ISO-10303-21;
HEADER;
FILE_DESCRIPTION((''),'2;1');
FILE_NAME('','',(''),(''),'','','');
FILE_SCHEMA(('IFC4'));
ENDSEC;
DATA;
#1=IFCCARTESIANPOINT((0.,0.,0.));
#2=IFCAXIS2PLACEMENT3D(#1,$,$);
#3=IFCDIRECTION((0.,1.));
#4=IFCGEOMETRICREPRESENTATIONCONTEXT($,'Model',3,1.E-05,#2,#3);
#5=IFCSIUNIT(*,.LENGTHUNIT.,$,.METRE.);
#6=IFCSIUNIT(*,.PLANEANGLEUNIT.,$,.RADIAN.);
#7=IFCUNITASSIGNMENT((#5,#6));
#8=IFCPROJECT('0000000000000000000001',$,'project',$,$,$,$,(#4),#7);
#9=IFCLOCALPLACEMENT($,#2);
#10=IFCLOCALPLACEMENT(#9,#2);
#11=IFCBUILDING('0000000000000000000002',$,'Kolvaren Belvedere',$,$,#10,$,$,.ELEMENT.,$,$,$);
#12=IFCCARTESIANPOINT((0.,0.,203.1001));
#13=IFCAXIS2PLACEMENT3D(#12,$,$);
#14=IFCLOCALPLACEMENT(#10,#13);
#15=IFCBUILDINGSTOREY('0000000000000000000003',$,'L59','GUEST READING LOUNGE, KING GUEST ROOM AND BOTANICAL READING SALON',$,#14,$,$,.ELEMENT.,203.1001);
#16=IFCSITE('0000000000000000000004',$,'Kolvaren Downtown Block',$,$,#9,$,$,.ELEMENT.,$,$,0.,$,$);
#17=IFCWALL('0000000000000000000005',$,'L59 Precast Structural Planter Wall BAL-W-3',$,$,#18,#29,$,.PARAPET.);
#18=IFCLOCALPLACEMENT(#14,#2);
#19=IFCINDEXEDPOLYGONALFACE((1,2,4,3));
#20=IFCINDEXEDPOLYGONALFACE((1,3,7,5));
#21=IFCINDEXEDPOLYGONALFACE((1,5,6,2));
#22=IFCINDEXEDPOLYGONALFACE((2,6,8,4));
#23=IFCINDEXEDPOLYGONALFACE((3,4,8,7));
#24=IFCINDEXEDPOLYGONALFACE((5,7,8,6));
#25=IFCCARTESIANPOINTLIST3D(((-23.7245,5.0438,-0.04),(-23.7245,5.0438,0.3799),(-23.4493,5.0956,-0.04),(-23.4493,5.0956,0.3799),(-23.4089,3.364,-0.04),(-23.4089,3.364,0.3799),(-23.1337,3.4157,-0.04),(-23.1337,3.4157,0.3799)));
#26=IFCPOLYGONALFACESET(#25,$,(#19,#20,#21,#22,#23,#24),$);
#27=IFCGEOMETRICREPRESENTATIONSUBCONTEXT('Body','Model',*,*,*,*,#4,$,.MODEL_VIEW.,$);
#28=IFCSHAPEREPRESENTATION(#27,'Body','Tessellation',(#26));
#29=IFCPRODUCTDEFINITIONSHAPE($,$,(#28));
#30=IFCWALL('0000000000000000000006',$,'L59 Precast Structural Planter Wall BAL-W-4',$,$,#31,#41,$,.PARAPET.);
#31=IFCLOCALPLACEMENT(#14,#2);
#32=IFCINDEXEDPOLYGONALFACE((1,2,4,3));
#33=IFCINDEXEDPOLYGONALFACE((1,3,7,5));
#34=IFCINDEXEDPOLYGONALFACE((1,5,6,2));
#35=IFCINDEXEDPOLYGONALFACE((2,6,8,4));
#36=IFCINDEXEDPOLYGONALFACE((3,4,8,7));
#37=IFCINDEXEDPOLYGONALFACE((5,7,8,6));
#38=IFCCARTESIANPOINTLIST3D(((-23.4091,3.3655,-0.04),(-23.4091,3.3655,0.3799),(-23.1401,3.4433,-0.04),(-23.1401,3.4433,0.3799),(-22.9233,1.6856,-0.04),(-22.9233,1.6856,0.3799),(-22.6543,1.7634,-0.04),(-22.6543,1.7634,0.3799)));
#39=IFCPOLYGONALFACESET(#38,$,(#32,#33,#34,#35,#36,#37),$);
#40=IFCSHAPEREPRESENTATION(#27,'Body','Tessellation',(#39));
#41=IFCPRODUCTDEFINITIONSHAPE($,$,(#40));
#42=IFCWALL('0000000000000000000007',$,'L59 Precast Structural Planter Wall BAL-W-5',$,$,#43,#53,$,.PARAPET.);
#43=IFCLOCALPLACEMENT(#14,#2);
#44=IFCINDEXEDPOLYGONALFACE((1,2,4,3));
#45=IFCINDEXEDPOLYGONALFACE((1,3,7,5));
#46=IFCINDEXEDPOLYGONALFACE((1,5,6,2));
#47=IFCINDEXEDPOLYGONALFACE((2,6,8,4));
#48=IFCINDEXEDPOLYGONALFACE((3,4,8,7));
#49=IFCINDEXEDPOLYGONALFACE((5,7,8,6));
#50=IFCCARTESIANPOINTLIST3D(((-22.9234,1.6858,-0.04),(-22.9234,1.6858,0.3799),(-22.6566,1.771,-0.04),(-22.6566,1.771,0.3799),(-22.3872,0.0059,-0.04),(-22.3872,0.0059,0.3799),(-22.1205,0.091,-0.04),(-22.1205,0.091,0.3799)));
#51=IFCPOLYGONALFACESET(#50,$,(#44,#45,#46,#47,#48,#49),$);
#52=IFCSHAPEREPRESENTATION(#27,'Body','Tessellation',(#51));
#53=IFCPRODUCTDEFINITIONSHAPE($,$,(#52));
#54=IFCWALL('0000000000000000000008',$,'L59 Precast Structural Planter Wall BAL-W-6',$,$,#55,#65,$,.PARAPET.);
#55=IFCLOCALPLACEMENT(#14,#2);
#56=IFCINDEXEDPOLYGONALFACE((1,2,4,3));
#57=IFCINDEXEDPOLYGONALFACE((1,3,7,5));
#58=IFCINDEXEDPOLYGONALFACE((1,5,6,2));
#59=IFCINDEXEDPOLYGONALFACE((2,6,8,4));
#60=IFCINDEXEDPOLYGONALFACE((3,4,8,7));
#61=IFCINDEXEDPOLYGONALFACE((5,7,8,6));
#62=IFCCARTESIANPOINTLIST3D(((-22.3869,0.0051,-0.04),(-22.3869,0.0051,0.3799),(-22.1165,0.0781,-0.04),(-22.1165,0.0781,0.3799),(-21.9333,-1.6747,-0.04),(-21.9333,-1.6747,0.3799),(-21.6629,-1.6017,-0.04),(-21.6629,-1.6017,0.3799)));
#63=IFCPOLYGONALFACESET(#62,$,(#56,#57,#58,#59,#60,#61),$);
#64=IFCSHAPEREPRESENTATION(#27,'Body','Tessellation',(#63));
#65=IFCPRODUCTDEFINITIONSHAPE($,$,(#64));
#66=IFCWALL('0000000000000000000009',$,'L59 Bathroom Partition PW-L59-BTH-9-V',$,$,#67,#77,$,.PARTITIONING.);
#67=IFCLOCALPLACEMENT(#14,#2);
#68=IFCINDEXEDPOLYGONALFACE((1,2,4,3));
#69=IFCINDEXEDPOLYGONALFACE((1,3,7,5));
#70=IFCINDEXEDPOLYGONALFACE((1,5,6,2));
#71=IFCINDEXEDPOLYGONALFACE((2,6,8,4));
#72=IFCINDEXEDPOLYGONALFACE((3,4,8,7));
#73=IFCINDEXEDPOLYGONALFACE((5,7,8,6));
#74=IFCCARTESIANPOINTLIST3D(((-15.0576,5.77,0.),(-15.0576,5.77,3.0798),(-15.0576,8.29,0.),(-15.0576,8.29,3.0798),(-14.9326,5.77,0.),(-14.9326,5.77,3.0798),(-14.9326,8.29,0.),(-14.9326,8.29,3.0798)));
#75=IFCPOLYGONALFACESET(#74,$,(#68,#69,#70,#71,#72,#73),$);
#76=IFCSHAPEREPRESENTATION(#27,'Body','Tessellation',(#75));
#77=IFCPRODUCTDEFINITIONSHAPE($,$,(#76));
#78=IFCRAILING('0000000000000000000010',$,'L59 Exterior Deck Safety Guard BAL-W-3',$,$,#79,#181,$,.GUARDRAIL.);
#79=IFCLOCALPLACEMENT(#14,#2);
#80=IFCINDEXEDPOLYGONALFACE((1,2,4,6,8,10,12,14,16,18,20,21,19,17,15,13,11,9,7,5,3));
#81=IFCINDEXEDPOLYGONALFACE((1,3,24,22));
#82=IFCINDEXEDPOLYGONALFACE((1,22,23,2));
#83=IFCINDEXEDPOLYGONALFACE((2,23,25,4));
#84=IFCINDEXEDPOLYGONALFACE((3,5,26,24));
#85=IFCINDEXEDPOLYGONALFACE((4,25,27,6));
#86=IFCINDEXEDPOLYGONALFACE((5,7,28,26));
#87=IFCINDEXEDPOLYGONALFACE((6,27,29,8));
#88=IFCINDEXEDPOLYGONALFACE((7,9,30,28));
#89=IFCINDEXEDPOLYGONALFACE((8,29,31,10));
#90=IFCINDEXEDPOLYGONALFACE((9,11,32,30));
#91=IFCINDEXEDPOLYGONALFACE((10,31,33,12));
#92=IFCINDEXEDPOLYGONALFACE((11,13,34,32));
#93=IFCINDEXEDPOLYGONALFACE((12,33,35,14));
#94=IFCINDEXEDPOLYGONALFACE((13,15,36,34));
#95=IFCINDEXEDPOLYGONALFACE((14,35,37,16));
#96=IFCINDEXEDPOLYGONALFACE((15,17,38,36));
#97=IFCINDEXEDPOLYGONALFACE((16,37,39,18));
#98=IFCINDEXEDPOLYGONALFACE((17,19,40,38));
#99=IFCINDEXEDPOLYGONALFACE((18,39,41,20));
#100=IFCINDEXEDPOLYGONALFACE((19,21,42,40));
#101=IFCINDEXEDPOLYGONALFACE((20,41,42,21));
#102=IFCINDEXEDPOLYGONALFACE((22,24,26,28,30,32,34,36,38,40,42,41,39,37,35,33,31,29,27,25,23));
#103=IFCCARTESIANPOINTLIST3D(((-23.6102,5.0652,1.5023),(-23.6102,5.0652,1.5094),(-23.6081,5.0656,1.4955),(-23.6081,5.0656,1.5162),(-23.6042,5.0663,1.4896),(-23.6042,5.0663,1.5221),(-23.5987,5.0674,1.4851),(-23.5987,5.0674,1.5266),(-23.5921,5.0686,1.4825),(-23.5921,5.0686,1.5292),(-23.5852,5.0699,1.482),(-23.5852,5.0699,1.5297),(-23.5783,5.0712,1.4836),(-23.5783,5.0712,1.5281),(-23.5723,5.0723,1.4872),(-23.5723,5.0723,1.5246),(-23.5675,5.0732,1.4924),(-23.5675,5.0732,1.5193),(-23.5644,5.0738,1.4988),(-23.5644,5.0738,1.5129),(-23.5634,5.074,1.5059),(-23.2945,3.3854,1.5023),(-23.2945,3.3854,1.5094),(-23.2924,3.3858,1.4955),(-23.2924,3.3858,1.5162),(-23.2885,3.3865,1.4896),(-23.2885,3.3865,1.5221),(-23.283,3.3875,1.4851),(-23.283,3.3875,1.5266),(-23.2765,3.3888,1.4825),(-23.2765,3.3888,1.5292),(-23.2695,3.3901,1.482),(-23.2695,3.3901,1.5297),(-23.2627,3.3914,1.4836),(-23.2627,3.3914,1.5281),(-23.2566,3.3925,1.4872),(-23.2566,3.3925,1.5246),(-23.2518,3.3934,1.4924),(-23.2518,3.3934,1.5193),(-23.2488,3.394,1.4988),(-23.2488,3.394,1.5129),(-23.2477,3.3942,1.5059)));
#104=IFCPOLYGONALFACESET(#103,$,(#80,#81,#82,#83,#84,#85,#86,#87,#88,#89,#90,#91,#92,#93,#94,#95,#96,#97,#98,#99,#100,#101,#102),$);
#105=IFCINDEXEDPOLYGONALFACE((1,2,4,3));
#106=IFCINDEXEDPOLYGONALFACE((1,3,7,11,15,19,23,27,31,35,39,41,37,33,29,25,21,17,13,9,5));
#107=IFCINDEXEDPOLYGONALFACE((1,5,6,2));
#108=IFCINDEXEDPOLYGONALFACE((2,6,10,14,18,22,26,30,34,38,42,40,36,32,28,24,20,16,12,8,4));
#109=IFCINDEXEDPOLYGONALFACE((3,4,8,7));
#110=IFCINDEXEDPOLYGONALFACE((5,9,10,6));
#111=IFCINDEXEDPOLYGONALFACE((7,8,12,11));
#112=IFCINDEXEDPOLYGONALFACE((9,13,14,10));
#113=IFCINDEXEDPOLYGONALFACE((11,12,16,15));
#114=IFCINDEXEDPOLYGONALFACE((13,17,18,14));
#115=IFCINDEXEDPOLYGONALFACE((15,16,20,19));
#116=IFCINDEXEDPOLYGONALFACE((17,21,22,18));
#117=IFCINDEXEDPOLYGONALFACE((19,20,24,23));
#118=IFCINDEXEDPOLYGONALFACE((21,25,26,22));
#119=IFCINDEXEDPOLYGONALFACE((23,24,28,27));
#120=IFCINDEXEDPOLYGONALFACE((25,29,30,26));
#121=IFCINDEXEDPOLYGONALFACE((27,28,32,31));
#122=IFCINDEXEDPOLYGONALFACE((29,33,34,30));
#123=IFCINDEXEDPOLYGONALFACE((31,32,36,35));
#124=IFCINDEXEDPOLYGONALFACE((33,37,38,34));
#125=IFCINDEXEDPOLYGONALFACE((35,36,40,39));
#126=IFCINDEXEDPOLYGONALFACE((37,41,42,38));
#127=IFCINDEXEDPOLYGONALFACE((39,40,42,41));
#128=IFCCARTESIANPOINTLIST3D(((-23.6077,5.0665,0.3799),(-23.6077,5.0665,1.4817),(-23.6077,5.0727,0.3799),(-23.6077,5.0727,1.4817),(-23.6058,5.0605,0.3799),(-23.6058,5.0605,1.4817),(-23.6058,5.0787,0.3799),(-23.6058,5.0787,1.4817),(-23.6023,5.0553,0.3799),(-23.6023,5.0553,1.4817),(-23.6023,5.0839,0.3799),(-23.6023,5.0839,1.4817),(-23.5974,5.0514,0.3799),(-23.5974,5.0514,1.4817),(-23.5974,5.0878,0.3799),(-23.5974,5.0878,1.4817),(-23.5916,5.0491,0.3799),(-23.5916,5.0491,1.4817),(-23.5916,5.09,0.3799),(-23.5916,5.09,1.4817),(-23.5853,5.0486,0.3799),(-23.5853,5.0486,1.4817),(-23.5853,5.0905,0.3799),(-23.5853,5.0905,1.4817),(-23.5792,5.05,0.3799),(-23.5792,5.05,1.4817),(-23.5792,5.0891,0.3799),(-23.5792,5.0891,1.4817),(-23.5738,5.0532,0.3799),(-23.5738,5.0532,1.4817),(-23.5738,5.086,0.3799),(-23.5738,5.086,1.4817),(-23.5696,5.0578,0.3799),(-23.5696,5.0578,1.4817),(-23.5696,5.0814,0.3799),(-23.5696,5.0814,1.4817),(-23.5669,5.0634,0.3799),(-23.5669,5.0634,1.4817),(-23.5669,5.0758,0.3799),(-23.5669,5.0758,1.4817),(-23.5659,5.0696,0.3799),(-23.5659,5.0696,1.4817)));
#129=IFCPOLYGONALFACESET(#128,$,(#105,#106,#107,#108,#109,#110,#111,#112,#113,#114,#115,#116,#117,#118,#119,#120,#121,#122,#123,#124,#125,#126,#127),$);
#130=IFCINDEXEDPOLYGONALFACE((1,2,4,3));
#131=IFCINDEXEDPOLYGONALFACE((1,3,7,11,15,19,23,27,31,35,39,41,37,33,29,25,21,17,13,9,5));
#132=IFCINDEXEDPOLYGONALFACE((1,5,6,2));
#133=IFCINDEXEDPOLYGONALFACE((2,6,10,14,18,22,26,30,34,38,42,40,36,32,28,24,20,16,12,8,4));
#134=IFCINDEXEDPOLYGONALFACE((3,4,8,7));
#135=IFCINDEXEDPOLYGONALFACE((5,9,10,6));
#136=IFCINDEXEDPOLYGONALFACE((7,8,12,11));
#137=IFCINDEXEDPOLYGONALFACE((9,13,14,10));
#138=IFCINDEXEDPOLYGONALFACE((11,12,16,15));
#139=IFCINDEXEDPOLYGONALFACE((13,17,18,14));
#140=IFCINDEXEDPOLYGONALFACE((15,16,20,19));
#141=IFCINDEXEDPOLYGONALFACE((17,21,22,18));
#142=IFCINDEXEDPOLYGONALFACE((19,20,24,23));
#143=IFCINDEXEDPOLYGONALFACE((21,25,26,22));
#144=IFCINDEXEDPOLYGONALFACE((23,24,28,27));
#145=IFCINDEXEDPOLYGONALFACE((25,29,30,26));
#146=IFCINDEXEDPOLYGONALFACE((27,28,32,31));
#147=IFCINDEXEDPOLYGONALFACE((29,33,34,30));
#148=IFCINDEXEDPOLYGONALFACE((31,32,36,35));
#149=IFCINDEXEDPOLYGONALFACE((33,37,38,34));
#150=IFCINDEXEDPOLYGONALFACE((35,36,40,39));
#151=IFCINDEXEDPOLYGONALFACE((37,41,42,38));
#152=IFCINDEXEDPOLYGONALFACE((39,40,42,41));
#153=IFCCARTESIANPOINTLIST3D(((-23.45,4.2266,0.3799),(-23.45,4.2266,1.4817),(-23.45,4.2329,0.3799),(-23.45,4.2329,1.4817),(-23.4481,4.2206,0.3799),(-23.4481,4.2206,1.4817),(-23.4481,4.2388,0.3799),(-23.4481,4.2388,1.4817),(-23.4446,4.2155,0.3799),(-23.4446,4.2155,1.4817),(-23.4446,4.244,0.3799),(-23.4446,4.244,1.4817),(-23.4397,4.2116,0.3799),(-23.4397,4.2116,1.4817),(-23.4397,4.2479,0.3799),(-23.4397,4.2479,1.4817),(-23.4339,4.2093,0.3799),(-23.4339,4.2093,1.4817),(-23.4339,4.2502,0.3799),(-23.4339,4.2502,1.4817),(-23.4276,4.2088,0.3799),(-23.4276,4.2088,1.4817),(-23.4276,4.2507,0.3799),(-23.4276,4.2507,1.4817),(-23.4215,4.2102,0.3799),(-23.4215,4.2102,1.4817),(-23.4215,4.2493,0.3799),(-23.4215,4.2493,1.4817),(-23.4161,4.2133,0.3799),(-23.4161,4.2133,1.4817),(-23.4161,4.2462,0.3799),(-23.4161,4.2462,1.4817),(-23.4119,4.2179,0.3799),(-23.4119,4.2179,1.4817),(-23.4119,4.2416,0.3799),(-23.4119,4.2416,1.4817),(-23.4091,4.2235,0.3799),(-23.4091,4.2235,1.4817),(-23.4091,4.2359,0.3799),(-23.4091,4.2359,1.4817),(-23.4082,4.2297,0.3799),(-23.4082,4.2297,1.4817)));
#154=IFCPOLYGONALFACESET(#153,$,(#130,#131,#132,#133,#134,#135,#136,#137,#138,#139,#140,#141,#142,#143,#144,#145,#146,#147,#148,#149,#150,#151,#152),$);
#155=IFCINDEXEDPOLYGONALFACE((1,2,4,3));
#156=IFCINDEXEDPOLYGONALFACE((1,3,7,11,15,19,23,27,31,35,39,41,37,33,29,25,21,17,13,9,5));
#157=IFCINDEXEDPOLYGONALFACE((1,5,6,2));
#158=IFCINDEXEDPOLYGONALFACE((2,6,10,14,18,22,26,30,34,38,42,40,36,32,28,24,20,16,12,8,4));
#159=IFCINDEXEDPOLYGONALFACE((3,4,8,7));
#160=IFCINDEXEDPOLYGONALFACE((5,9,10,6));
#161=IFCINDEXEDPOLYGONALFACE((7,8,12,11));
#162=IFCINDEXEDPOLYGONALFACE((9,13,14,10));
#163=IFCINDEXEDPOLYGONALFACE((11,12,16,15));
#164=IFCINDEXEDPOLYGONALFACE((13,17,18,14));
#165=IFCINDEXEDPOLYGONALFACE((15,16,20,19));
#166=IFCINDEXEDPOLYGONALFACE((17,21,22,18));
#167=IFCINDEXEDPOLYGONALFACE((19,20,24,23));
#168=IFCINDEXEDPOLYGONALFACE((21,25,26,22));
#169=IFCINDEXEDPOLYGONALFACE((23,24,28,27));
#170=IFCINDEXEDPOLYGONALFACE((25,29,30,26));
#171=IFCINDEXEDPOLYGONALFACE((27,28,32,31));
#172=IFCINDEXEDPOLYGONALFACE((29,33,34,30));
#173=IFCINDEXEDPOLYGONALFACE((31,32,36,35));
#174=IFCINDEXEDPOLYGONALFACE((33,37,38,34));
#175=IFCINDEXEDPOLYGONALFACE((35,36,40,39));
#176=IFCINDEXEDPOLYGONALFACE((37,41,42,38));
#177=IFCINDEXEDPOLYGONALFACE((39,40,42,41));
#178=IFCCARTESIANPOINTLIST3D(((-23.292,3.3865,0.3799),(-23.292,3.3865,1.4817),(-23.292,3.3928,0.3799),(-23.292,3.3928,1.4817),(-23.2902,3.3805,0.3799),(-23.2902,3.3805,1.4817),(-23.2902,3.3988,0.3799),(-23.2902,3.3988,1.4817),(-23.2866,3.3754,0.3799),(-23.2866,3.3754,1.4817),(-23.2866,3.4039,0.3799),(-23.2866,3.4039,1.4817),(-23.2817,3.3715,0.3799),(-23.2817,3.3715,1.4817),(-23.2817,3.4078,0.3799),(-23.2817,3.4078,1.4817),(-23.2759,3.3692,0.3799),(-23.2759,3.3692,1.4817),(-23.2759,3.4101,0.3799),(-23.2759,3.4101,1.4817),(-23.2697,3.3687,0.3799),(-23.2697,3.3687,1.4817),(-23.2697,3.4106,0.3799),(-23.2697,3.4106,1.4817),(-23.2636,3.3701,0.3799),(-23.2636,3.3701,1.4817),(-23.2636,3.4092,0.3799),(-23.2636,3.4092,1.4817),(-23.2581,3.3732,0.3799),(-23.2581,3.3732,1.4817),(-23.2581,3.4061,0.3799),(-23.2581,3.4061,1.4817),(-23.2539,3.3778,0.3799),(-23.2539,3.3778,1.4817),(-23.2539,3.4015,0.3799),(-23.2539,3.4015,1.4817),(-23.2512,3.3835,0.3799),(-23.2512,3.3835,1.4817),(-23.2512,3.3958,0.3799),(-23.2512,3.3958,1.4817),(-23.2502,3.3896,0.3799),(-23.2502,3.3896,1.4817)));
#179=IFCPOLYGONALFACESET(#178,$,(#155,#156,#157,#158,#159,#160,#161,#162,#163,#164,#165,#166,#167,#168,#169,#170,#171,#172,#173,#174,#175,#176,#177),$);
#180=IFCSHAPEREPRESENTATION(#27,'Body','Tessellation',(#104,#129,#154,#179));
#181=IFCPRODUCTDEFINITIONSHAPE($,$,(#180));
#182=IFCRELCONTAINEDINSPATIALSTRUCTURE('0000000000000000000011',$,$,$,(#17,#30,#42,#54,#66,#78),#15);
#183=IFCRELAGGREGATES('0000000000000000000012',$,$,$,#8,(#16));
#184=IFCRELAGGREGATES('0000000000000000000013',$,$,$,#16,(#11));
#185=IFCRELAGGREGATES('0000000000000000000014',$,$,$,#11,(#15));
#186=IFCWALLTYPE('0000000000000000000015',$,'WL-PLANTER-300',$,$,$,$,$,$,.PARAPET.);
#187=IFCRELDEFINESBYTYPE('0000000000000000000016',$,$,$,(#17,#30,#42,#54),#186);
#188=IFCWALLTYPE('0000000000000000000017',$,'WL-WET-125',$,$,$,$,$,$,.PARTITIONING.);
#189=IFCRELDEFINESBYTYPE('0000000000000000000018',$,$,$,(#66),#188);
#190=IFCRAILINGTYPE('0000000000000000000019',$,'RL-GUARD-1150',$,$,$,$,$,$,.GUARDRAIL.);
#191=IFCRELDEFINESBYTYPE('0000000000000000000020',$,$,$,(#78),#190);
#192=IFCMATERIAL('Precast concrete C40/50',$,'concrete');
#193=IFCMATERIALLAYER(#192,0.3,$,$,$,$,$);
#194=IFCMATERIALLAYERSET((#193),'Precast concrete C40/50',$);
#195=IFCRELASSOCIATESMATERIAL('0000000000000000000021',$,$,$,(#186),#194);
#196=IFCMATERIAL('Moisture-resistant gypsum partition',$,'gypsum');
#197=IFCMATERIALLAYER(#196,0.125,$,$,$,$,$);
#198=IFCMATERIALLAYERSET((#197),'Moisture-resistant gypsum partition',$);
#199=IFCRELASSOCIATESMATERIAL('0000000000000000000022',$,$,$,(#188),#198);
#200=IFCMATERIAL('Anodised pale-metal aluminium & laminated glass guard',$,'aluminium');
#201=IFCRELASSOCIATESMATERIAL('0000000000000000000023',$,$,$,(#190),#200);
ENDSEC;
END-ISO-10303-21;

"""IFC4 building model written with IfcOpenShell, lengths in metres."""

from ifc_helpers import new_model, si_unit, direction, frame, frame_2d, origin, origin_2d, place, context, subcontext, project, spatial, rectangle, circle, extrude, material, layer, layer_set, type_object, element, save


model = new_model("IFC4")

# Units and contexts
model_context = context("Model", 3, precision=1e-05, world=origin(), true_north=direction((0.0, 1.0)))
body_context = subcontext(model_context, "Body", "Model", "MODEL_VIEW")
ifc_project = project(units=[si_unit("LENGTHUNIT", "METRE"), si_unit("PLANEANGLEUNIT", "RADIAN")], contexts=[model_context])

# Site, building, storey
site_placement = place(None, origin())
site = spatial("IfcSite", under=ifc_project, at=site_placement, Name="Kolvaren Downtown Block", CompositionType="ELEMENT", RefElevation=0.0)
building_placement = place(site_placement, origin())
building = spatial("IfcBuilding", under=site, at=building_placement, Name="Kolvaren Belvedere", CompositionType="ELEMENT")
storey_placement = place(building_placement, frame((0.0, 0.0, 203.1001)))
storey = spatial("IfcBuildingStorey", under=building, at=storey_placement, Name="L59", Description="GUEST READING LOUNGE, KING GUEST ROOM AND BOTANICAL READING SALON", CompositionType="ELEMENT", Elevation=203.1001)

# Walls
ifc_material_1 = material(Name="Precast concrete C40/50", Category="concrete")
ifc_layer_1 = layer(ifc_material_1, 0.3)
ifc_layer_set_1 = layer_set([ifc_layer_1], Name="Precast concrete C40/50")
wall_type_1 = type_object("IfcWallType", Name="WL-PLANTER-300", PredefinedType="PARAPET", material=ifc_layer_set_1)
wall_1_placement = place(storey_placement, frame((-23.5869, 5.0696, -0.04), z_axis=(0.0, 0.0, 1.0), x_axis=(0.184677, -0.982799, 0.0)))
element("IfcWall", 1, at=wall_1_placement, inside=storey, type_object=wall_type_1, Name="L59 Precast Structural Planter Wall BAL-W-3", PredefinedType="PARAPET", context=body_context, shape_type="SweptSolid", body=[
    extrude(rectangle(XDim=1.7092, YDim=0.28, at=frame_2d((0.8545, 0.0))), origin(), (0.0, 0.0, 1.0), 0.4199),
])
wall_2_placement = place(storey_placement, frame((-23.2747, 3.4045, -0.04), z_axis=(0.0, 0.0, 1.0), x_axis=(0.277817, -0.960634, 0.0)))
element("IfcWall", 2, at=wall_2_placement, inside=storey, type_object=wall_type_1, Name="L59 Precast Structural Planter Wall BAL-W-4", PredefinedType="PARAPET", context=body_context, shape_type="SweptSolid", body=[
    extrude(rectangle(XDim=1.7488, YDim=0.28, at=frame_2d((0.8745, 0.0))), origin(), (0.0, 0.0, 1.0), 0.4199),
])
wall_3_placement = place(storey_placement, frame((-22.79, 1.7285, -0.04), z_axis=(0.0, 0.0, 1.0), x_axis=(0.304032, -0.952662, 0.0)))
element("IfcWall", 3, at=wall_3_placement, inside=storey, type_object=wall_type_1, Name="L59 Precast Structural Planter Wall BAL-W-5", PredefinedType="PARAPET", context=body_context, shape_type="SweptSolid", body=[
    extrude(rectangle(XDim=1.7634, YDim=0.28, at=frame_2d((0.8818, 0.0))), origin(), (0.0, 0.0, 1.0), 0.4199),
])
wall_4_placement = place(storey_placement, frame((-22.2517, 0.0417, -0.04), z_axis=(0.0, 0.0, 1.0), x_axis=(0.260683, -0.965424, 0.0)))
element("IfcWall", 4, at=wall_4_placement, inside=storey, type_object=wall_type_1, Name="L59 Precast Structural Planter Wall BAL-W-6", PredefinedType="PARAPET", context=body_context, shape_type="SweptSolid", body=[
    extrude(rectangle(XDim=1.74, YDim=0.28, at=frame_2d((0.8701, 0.0))), origin(), (0.0, 0.0, 1.0), 0.4199),
])
ifc_material_2 = material(Name="Moisture-resistant gypsum partition", Category="gypsum")
ifc_layer_2 = layer(ifc_material_2, 0.125)
ifc_layer_set_2 = layer_set([ifc_layer_2], Name="Moisture-resistant gypsum partition")
wall_type_2 = type_object("IfcWallType", Name="WL-WET-125", PredefinedType="PARTITIONING", material=ifc_layer_set_2)
wall_5_placement = place(storey_placement, frame((-14.9951, 5.77, 0.0), z_axis=(0.0, 0.0, 1.0), x_axis=(0.0, 1.0, 0.0)))
element("IfcWall", 5, at=wall_5_placement, inside=storey, type_object=wall_type_2, Name="L59 Bathroom Partition PW-L59-BTH-9-V", PredefinedType="PARTITIONING", context=body_context, shape_type="SweptSolid", body=[
    extrude(rectangle(XDim=2.52, YDim=0.125, at=frame_2d((1.26, 0.0))), origin(), (0.0, 0.0, 1.0), 3.0798),
])

# Railing
ifc_material_3 = material(Name="Anodised pale-metal aluminium & laminated glass guard", Category="aluminium")
railing_type = type_object("IfcRailingType", Name="RL-GUARD-1150", PredefinedType="GUARDRAIL", material=ifc_material_3)
railing_1_placement = place(storey_placement, frame((-23.5869, 5.0696, 0.3799)))
element("IfcRailing", 6, at=railing_1_placement, inside=storey, type_object=railing_type, Name="L59 Exterior Deck Safety Guard BAL-W-3", PredefinedType="GUARDRAIL", context=body_context, shape_type="SweptSolid", body=[
    extrude(circle(Radius=0.0239, at=origin_2d()), frame((0.0, 0.0, 1.126), z_axis=(0.184677, -0.982799, 0.0), x_axis=(0.982799, 0.184677, 0.0)), (0.0, 0.0, 1.0), 1.7092),
    extrude(circle(Radius=0.021, at=origin_2d()), origin(), (0.0, 0.0, 1.0), 1.1018),
    extrude(circle(Radius=0.021, at=origin_2d()), frame((0.1577, -0.8398, 0.0)), (0.0, 0.0, 1.0), 1.1018),
    extrude(circle(Radius=0.021, at=origin_2d()), frame((0.3157, -1.6799, 0.0)), (0.0, 0.0, 1.0), 1.1018),
])

save(model, "model.ifc")
